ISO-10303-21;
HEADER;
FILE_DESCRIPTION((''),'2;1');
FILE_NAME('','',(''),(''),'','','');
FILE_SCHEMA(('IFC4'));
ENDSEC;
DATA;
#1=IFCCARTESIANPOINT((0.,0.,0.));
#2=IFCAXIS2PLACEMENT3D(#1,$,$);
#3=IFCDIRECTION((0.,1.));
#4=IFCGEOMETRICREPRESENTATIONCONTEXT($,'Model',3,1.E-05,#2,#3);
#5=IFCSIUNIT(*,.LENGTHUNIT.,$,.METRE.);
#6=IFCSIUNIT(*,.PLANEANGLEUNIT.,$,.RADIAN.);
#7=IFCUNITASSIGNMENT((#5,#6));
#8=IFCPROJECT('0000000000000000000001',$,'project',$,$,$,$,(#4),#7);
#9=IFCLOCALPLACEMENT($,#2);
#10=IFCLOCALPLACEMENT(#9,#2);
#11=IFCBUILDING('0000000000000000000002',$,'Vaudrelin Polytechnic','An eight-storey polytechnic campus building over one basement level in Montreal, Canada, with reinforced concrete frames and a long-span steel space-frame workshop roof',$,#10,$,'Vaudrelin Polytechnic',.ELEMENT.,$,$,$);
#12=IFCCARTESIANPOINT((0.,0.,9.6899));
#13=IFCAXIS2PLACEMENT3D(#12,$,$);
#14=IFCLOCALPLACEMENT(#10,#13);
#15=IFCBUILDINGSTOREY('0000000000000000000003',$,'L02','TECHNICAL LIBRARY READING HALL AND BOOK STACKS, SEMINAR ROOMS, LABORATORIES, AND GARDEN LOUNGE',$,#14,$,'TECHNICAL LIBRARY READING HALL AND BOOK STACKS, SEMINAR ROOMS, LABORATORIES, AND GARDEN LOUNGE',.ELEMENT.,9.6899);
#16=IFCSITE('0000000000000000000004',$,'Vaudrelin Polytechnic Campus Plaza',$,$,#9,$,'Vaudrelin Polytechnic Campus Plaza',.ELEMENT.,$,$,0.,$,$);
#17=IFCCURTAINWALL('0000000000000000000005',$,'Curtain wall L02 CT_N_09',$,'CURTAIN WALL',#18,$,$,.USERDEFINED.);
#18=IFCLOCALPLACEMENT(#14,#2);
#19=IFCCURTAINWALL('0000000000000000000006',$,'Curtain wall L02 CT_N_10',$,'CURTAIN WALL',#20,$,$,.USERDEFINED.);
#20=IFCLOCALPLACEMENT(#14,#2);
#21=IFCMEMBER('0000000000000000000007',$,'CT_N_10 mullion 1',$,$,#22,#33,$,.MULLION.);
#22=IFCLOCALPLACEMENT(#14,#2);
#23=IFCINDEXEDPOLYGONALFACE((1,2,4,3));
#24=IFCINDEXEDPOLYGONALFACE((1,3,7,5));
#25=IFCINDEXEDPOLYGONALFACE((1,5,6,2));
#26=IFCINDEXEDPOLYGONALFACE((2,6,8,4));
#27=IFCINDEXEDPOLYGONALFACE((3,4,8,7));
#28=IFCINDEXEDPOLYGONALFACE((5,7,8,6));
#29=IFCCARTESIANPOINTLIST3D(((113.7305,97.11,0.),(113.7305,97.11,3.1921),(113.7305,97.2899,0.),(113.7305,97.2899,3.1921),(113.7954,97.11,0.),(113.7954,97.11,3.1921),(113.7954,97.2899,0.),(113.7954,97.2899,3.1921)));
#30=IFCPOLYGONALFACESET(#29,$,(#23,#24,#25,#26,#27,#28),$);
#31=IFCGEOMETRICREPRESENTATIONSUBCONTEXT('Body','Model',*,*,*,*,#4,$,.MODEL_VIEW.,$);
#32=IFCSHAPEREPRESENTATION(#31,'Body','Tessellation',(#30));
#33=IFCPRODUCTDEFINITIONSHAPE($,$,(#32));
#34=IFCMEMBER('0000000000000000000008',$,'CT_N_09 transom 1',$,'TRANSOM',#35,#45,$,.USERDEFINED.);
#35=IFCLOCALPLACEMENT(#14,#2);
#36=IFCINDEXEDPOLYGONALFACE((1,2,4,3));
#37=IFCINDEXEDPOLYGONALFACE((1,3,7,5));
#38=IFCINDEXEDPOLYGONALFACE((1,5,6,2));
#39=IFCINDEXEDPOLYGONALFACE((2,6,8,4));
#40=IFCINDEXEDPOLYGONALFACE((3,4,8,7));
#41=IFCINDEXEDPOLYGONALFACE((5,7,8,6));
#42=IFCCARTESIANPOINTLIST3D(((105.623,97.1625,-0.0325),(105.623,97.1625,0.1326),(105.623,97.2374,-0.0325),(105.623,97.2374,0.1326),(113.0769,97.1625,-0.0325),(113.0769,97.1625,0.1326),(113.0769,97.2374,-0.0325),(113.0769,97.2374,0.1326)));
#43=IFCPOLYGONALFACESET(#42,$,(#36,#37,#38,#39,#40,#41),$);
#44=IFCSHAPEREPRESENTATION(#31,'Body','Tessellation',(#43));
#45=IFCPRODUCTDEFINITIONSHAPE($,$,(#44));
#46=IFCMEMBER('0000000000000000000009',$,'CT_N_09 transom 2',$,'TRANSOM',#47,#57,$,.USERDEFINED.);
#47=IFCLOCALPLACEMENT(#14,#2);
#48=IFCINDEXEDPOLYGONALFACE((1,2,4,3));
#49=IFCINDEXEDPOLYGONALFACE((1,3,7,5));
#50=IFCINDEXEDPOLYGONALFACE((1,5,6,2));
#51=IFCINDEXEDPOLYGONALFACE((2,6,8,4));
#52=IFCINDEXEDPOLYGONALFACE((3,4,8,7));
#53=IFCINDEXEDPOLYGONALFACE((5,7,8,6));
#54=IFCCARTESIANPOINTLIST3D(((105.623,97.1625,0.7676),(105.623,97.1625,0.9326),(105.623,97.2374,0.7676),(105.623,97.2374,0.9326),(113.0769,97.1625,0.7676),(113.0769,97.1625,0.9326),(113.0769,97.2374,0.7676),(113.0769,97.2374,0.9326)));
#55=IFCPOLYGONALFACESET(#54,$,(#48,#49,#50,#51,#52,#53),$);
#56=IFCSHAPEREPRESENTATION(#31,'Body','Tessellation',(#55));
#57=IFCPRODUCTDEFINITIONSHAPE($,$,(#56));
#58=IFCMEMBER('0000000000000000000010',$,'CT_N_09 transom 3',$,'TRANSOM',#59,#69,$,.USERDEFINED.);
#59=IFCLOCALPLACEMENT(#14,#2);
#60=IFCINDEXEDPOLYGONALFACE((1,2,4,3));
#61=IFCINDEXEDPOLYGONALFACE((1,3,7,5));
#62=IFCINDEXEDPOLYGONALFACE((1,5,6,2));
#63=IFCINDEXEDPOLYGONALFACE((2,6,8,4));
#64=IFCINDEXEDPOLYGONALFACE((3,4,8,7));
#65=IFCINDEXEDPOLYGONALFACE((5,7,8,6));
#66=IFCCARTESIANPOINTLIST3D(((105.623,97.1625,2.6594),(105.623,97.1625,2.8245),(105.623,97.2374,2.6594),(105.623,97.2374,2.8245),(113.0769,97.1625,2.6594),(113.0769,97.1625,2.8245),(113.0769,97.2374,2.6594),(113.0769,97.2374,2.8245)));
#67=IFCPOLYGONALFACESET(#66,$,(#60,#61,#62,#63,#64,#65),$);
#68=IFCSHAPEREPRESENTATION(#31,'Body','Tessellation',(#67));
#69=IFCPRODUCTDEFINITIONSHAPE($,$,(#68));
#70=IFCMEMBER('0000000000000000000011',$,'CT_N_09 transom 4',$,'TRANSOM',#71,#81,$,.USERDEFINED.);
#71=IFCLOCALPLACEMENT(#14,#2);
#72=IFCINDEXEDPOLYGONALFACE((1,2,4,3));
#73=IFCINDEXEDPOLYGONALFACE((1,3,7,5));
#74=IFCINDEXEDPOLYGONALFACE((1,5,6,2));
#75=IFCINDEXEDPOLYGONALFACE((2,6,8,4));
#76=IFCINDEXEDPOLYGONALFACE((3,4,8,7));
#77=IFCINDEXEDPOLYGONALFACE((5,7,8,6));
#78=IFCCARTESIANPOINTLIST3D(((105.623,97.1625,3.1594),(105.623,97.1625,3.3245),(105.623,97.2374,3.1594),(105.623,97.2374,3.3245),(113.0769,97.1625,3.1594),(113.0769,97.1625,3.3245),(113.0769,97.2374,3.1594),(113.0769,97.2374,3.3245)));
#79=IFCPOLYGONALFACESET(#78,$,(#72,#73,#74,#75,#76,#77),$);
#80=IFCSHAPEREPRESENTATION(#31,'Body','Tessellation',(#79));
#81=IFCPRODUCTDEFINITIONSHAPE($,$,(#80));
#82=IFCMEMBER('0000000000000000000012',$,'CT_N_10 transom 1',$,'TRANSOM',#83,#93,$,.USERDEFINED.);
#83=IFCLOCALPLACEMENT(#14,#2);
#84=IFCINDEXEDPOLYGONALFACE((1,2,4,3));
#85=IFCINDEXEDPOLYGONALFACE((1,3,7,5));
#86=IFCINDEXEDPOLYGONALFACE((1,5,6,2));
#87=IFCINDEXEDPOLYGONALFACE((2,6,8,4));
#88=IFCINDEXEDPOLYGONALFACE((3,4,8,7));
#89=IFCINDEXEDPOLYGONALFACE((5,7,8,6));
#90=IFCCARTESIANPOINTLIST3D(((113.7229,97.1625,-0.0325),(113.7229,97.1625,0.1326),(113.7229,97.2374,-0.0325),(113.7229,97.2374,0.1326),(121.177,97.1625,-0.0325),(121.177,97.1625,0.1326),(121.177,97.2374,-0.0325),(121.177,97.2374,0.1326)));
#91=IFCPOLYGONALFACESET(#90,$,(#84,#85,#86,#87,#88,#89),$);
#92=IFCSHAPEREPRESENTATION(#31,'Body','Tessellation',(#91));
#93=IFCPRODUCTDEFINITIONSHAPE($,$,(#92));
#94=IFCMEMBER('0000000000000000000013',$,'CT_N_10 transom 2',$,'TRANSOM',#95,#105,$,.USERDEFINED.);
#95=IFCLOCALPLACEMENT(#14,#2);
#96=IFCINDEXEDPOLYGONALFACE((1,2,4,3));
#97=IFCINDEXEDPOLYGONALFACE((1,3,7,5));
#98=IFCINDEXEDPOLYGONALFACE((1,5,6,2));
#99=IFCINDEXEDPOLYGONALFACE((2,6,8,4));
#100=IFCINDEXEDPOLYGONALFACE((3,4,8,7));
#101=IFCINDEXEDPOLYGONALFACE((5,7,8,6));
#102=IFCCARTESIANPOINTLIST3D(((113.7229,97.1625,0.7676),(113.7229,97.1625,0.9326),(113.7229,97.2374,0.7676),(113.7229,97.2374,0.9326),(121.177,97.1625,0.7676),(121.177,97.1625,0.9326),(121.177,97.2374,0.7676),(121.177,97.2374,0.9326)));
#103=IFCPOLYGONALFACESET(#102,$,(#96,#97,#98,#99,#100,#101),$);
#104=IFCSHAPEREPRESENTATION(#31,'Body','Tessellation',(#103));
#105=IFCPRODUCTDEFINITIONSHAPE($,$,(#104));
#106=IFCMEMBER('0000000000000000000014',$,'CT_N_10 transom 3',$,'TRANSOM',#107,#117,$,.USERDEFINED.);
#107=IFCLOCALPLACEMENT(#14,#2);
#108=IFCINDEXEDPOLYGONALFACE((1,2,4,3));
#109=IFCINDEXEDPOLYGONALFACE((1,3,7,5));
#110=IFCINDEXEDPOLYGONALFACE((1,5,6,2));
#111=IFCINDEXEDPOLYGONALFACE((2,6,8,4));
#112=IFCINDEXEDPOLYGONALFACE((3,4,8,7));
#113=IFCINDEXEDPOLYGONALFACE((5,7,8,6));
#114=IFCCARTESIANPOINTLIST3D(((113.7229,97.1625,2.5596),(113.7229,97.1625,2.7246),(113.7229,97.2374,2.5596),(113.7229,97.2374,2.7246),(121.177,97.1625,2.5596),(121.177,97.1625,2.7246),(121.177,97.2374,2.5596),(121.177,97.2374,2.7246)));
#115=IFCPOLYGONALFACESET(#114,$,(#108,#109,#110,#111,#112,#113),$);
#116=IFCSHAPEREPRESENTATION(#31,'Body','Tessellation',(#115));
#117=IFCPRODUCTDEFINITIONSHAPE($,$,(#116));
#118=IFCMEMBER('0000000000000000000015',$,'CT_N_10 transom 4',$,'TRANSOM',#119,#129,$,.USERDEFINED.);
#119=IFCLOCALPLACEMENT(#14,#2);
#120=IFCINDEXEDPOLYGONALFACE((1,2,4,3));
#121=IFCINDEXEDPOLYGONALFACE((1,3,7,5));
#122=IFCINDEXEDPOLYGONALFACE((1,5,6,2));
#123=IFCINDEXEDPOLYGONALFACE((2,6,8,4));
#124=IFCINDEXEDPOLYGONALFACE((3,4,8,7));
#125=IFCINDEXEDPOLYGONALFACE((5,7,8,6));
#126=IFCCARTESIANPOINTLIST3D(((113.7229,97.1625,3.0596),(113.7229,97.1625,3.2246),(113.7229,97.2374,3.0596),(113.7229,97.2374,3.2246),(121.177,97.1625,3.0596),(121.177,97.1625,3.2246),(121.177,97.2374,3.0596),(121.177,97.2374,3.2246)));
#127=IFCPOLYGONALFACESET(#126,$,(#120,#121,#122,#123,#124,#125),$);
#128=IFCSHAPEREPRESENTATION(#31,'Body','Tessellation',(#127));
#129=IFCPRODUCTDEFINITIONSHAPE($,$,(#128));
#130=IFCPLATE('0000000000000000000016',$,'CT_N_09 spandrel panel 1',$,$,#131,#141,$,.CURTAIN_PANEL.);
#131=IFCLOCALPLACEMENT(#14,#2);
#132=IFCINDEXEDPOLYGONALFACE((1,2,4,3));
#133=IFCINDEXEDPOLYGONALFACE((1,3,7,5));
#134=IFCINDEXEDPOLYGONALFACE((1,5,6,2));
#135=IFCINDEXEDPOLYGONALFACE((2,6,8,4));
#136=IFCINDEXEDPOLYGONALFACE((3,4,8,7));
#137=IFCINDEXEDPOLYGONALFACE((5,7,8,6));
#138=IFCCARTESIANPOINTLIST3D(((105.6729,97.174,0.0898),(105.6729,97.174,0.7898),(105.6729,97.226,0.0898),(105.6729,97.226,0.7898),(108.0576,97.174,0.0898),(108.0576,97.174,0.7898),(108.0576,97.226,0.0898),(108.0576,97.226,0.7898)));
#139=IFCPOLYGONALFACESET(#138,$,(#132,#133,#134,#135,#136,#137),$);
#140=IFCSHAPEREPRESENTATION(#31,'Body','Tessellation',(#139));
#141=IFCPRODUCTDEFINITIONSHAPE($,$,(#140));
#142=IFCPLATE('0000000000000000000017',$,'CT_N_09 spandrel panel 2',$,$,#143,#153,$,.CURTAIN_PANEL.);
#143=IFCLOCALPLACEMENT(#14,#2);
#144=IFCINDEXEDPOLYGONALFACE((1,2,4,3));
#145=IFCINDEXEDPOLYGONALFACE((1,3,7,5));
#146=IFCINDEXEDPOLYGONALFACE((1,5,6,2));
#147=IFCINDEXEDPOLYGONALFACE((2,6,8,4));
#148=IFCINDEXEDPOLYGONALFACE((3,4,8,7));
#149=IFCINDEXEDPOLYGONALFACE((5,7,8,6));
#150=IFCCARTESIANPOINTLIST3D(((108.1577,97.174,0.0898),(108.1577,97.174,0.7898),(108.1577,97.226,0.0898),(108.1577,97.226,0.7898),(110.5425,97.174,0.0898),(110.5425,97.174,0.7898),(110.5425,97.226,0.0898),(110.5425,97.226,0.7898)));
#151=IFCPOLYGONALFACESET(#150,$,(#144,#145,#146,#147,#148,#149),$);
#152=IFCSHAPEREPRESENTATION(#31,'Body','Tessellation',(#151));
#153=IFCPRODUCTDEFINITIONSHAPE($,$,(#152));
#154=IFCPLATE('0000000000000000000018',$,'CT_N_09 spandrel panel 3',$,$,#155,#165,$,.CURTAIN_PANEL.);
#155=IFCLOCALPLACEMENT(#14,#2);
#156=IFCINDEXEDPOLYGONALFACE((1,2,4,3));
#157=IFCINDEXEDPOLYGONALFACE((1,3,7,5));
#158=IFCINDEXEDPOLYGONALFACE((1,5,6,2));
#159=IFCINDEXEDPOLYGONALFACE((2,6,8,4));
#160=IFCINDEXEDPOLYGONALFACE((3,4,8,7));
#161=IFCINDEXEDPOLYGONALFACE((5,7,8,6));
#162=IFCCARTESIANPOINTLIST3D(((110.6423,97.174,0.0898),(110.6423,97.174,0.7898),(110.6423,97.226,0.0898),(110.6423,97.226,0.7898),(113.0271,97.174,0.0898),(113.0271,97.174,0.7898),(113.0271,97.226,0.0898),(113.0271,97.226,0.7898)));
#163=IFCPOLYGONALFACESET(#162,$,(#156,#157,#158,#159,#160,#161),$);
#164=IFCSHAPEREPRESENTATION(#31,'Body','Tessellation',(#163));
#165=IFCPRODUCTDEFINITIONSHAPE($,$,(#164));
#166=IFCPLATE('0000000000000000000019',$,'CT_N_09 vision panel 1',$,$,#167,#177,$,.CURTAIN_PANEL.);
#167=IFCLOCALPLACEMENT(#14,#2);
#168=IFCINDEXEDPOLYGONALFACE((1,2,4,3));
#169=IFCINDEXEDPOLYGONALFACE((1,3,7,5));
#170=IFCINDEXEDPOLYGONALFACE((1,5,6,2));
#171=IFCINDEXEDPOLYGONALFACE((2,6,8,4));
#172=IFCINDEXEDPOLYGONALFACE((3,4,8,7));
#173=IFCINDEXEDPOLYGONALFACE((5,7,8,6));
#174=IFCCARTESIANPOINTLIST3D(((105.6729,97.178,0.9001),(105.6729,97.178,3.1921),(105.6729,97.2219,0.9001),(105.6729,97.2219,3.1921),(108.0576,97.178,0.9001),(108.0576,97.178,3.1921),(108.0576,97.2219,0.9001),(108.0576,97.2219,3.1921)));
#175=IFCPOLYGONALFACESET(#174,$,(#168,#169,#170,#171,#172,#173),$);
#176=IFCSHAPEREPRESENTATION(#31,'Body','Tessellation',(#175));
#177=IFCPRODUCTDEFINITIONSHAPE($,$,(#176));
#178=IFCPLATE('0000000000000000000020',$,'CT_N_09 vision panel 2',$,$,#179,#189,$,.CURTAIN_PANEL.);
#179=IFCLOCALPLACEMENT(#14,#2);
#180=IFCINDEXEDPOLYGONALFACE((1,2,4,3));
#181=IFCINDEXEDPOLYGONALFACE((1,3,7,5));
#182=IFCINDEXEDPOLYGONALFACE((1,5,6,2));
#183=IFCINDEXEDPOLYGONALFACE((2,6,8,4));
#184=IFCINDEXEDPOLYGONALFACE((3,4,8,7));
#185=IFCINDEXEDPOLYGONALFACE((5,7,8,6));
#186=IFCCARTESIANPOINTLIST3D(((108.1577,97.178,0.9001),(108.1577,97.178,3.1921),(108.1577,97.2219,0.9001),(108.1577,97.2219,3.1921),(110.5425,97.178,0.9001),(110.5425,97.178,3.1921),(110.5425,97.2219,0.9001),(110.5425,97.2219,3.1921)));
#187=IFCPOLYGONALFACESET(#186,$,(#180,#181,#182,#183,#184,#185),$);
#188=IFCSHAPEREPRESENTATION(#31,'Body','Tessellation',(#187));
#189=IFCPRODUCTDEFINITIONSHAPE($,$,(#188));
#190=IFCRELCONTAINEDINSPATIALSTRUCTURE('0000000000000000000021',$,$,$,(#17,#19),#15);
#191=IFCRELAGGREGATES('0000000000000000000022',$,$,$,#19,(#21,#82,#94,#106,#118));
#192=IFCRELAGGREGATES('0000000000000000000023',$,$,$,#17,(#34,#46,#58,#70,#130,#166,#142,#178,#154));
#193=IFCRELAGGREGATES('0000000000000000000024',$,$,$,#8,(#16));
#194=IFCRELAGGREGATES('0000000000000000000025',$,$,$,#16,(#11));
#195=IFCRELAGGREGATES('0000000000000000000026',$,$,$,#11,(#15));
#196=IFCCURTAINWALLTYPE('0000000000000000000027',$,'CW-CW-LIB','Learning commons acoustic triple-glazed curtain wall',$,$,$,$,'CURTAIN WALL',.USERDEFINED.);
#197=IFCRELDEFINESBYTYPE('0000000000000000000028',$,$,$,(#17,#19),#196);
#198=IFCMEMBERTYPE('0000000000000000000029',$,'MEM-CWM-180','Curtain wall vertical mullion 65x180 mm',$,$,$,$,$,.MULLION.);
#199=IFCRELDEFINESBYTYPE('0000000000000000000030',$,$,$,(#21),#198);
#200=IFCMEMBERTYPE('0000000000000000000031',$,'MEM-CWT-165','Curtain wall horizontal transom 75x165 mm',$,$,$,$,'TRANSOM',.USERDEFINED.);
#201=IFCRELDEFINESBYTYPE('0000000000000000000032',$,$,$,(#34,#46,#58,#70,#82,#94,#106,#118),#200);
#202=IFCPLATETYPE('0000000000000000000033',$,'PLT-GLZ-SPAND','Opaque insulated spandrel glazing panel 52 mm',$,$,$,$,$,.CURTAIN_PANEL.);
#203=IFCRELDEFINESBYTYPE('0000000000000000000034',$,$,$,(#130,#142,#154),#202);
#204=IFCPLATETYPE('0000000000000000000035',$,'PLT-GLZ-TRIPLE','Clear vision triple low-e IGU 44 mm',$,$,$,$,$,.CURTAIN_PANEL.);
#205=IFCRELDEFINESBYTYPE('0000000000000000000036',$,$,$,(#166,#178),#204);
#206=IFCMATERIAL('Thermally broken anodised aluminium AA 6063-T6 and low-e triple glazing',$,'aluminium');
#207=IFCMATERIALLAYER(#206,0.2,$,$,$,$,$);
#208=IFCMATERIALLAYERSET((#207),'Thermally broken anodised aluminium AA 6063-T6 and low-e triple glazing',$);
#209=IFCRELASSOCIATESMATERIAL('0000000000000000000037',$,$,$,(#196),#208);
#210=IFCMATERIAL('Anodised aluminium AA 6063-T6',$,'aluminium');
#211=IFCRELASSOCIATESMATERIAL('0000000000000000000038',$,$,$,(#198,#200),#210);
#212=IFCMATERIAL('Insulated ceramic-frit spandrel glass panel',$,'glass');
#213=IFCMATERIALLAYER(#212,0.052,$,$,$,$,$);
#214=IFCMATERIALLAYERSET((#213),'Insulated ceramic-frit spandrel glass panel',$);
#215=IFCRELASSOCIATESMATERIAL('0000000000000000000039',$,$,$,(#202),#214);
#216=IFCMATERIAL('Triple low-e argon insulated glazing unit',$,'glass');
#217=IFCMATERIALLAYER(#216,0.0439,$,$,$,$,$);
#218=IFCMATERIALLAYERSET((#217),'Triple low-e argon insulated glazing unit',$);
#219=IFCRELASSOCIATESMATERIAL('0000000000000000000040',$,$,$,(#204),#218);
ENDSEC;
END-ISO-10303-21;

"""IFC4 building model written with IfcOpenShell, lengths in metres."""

from ifc_helpers import new_model, si_unit, direction, frame, origin, origin_2d, place, context, subcontext, project, spatial, rectangle, extrude, material, layer, layer_set, material_profile, profile_set, type_object, element, aggregate, save


model = new_model("IFC4")

# Units and contexts
model_context = context("Model", 3, precision=1e-05, world=origin(), true_north=direction((0.0, 1.0)))
body_context = subcontext(model_context, "Body", "Model", "MODEL_VIEW")
ifc_project = project(units=[si_unit("LENGTHUNIT", "METRE"), si_unit("PLANEANGLEUNIT", "RADIAN")], contexts=[model_context])

# Site, building, storey
site_placement = place(None, origin())
site = spatial("IfcSite", under=ifc_project, at=site_placement, Name="Vaudrelin Polytechnic Campus Plaza", LongName="Vaudrelin Polytechnic Campus Plaza", CompositionType="ELEMENT", RefElevation=0.0)
building_placement = place(site_placement, origin())
building = spatial("IfcBuilding", under=site, at=building_placement, Name="Vaudrelin Polytechnic", Description="An eight-storey polytechnic campus building over one basement level in Montreal, Canada, with reinforced concrete frames and a long-span steel space-frame workshop roof", LongName="Vaudrelin Polytechnic", CompositionType="ELEMENT")
storey_placement = place(building_placement, frame((0.0, 0.0, 9.6899)))
storey = spatial("IfcBuildingStorey", under=building, at=storey_placement, Name="L02", Description="TECHNICAL LIBRARY READING HALL AND BOOK STACKS, SEMINAR ROOMS, LABORATORIES, AND GARDEN LOUNGE", LongName="TECHNICAL LIBRARY READING HALL AND BOOK STACKS, SEMINAR ROOMS, LABORATORIES, AND GARDEN LOUNGE", CompositionType="ELEMENT", Elevation=9.6899)

# Curtain wall
ifc_material_1 = material(Name="Thermally broken anodised aluminium AA 6063-T6 and low-e triple glazing", Category="aluminium")
ifc_layer_1 = layer(ifc_material_1, 0.2)
ifc_layer_set_1 = layer_set([ifc_layer_1], Name="Thermally broken anodised aluminium AA 6063-T6 and low-e triple glazing")
curtain_wall_type = type_object("IfcCurtainWallType", Name="CW-CW-LIB", Description="Learning commons acoustic triple-glazed curtain wall", ElementType="CURTAIN WALL", PredefinedType="USERDEFINED", material=ifc_layer_set_1)
curtain_wall_1_placement = place(storey_placement, origin())
curtain_wall_1 = element("IfcCurtainWall", 1, at=curtain_wall_1_placement, inside=storey, type_object=curtain_wall_type, Name="Curtain wall L02 CT_N_09", ObjectType="CURTAIN WALL", PredefinedType="USERDEFINED")
ifc_material_2 = material(Name="Anodised aluminium AA 6063-T6", Category="aluminium")
ifc_material_profile_1 = material_profile(ifc_material_2, rectangle(XDim=0.0649, YDim=0.1799, at=origin_2d()), Name="CWM-65x180")
ifc_profile_set_1 = profile_set([ifc_material_profile_1], Name="Anodised aluminium AA 6063-T6")
member_type_1 = type_object("IfcMemberType", Name="MEM-CWM-180", Description="Curtain wall vertical mullion 65x180 mm", PredefinedType="MULLION", material=ifc_profile_set_1)

# Curtain wall, member
curtain_wall_2_placement = place(storey_placement, origin())
curtain_wall_2 = element("IfcCurtainWall", 2, at=curtain_wall_2_placement, inside=storey, type_object=curtain_wall_type, Name="Curtain wall L02 CT_N_10", ObjectType="CURTAIN WALL", PredefinedType="USERDEFINED")
member_1_placement = place(storey_placement, frame((113.7629, 97.2, 0.0), z_axis=(0.0, 0.0, 1.0), x_axis=(1.0, 0.0, 0.0)))
member_1 = element("IfcMember", 3, at=member_1_placement, type_object=member_type_1, Name="CT_N_10 mullion 1", PredefinedType="MULLION", context=body_context, shape_type="SweptSolid", body=[
    extrude(rectangle(XDim=0.0649, YDim=0.1799, at=origin_2d()), origin(), (0.0, 0.0, 1.0), 3.1921),
])

# Members
ifc_material_profile_2 = material_profile(ifc_material_2, rectangle(XDim=0.075, YDim=0.165, at=origin_2d()), Name="CWT-75x165")
ifc_profile_set_2 = profile_set([ifc_material_profile_2], Name="Anodised aluminium AA 6063-T6")
member_type_2 = type_object("IfcMemberType", Name="MEM-CWT-165", Description="Curtain wall horizontal transom 75x165 mm", ElementType="TRANSOM", PredefinedType="USERDEFINED", material=ifc_profile_set_2)
member_2_placement = place(storey_placement, frame((105.623, 97.2, 0.05), z_axis=(1.0, 0.0, 0.0), x_axis=(0.0, 1.0, 0.0)))
member_2 = element("IfcMember", 4, at=member_2_placement, type_object=member_type_2, Name="CT_N_09 transom 1", ObjectType="TRANSOM", PredefinedType="USERDEFINED", context=body_context, shape_type="SweptSolid", body=[
    extrude(rectangle(XDim=0.075, YDim=0.165, at=origin_2d()), origin(), (0.0, 0.0, 1.0), 7.4539),
])
member_3_placement = place(storey_placement, frame((105.623, 97.2, 0.8501), z_axis=(1.0, 0.0, 0.0), x_axis=(0.0, 1.0, 0.0)))
member_3 = element("IfcMember", 5, at=member_3_placement, type_object=member_type_2, Name="CT_N_09 transom 2", ObjectType="TRANSOM", PredefinedType="USERDEFINED", context=body_context, shape_type="SweptSolid", body=[
    extrude(rectangle(XDim=0.075, YDim=0.165, at=origin_2d()), origin(), (0.0, 0.0, 1.0), 7.4539),
])
member_4_placement = place(storey_placement, frame((105.623, 97.2, 2.7419), z_axis=(1.0, 0.0, 0.0), x_axis=(0.0, 1.0, 0.0)))
member_4 = element("IfcMember", 6, at=member_4_placement, type_object=member_type_2, Name="CT_N_09 transom 3", ObjectType="TRANSOM", PredefinedType="USERDEFINED", context=body_context, shape_type="SweptSolid", body=[
    extrude(rectangle(XDim=0.075, YDim=0.165, at=origin_2d()), origin(), (0.0, 0.0, 1.0), 7.4539),
])
member_5_placement = place(storey_placement, frame((105.623, 97.2, 3.2419), z_axis=(1.0, 0.0, 0.0), x_axis=(0.0, 1.0, 0.0)))
member_5 = element("IfcMember", 7, at=member_5_placement, type_object=member_type_2, Name="CT_N_09 transom 4", ObjectType="TRANSOM", PredefinedType="USERDEFINED", context=body_context, shape_type="SweptSolid", body=[
    extrude(rectangle(XDim=0.075, YDim=0.165, at=origin_2d()), origin(), (0.0, 0.0, 1.0), 7.4539),
])
member_6_placement = place(storey_placement, frame((113.7229, 97.2, 0.05), z_axis=(1.0, 0.0, 0.0), x_axis=(0.0, 1.0, 0.0)))
member_6 = element("IfcMember", 8, at=member_6_placement, type_object=member_type_2, Name="CT_N_10 transom 1", ObjectType="TRANSOM", PredefinedType="USERDEFINED", context=body_context, shape_type="SweptSolid", body=[
    extrude(rectangle(XDim=0.075, YDim=0.165, at=origin_2d()), origin(), (0.0, 0.0, 1.0), 7.4541),
])
member_7_placement = place(storey_placement, frame((113.7229, 97.2, 0.8501), z_axis=(1.0, 0.0, 0.0), x_axis=(0.0, 1.0, 0.0)))
member_7 = element("IfcMember", 9, at=member_7_placement, type_object=member_type_2, Name="CT_N_10 transom 2", ObjectType="TRANSOM", PredefinedType="USERDEFINED", context=body_context, shape_type="SweptSolid", body=[
    extrude(rectangle(XDim=0.075, YDim=0.165, at=origin_2d()), origin(), (0.0, 0.0, 1.0), 7.4541),
])
member_8_placement = place(storey_placement, frame((113.7229, 97.2, 2.6421), z_axis=(1.0, 0.0, 0.0), x_axis=(0.0, 1.0, 0.0)))
member_8 = element("IfcMember", 10, at=member_8_placement, type_object=member_type_2, Name="CT_N_10 transom 3", ObjectType="TRANSOM", PredefinedType="USERDEFINED", context=body_context, shape_type="SweptSolid", body=[
    extrude(rectangle(XDim=0.075, YDim=0.165, at=origin_2d()), origin(), (0.0, 0.0, 1.0), 7.4541),
])
member_9_placement = place(storey_placement, frame((113.7229, 97.2, 3.1421), z_axis=(1.0, 0.0, 0.0), x_axis=(0.0, 1.0, 0.0)))
member_9 = element("IfcMember", 11, at=member_9_placement, type_object=member_type_2, Name="CT_N_10 transom 4", ObjectType="TRANSOM", PredefinedType="USERDEFINED", context=body_context, shape_type="SweptSolid", body=[
    extrude(rectangle(XDim=0.075, YDim=0.165, at=origin_2d()), origin(), (0.0, 0.0, 1.0), 7.4541),
])
aggregate(curtain_wall_2, [member_1, member_6, member_7, member_8, member_9])

# Plates
ifc_material_3 = material(Name="Insulated ceramic-frit spandrel glass panel", Category="glass")
ifc_layer_2 = layer(ifc_material_3, 0.052)
ifc_layer_set_2 = layer_set([ifc_layer_2], Name="Insulated ceramic-frit spandrel glass panel")
plate_type_1 = type_object("IfcPlateType", Name="PLT-GLZ-SPAND", Description="Opaque insulated spandrel glazing panel 52 mm", PredefinedType="CURTAIN_PANEL", material=ifc_layer_set_2)
plate_1_placement = place(storey_placement, frame((106.8652, 97.2, 0.0898), z_axis=(0.0, 0.0, 1.0), x_axis=(1.0, 0.0, 0.0)))
plate_1 = element("IfcPlate", 12, at=plate_1_placement, type_object=plate_type_1, Name="CT_N_09 spandrel panel 1", PredefinedType="CURTAIN_PANEL", context=body_context, shape_type="SweptSolid", body=[
    extrude(rectangle(XDim=2.3848, YDim=0.052, at=origin_2d()), origin(), (0.0, 0.0, 1.0), 0.7),
])
plate_2_placement = place(storey_placement, frame((109.3501, 97.2, 0.0898), z_axis=(0.0, 0.0, 1.0), x_axis=(1.0, 0.0, 0.0)))
plate_2 = element("IfcPlate", 13, at=plate_2_placement, type_object=plate_type_1, Name="CT_N_09 spandrel panel 2", PredefinedType="CURTAIN_PANEL", context=body_context, shape_type="SweptSolid", body=[
    extrude(rectangle(XDim=2.3848, YDim=0.052, at=origin_2d()), origin(), (0.0, 0.0, 1.0), 0.7),
])
plate_3_placement = place(storey_placement, frame((111.8347, 97.2, 0.0898), z_axis=(0.0, 0.0, 1.0), x_axis=(1.0, 0.0, 0.0)))
plate_3 = element("IfcPlate", 14, at=plate_3_placement, type_object=plate_type_1, Name="CT_N_09 spandrel panel 3", PredefinedType="CURTAIN_PANEL", context=body_context, shape_type="SweptSolid", body=[
    extrude(rectangle(XDim=2.3848, YDim=0.052, at=origin_2d()), origin(), (0.0, 0.0, 1.0), 0.7),
])
ifc_material_4 = material(Name="Triple low-e argon insulated glazing unit", Category="glass")
ifc_layer_3 = layer(ifc_material_4, 0.0439)
ifc_layer_set_3 = layer_set([ifc_layer_3], Name="Triple low-e argon insulated glazing unit")
plate_type_2 = type_object("IfcPlateType", Name="PLT-GLZ-TRIPLE", Description="Clear vision triple low-e IGU 44 mm", PredefinedType="CURTAIN_PANEL", material=ifc_layer_set_3)
plate_4_placement = place(storey_placement, frame((106.8652, 97.2, 0.9001), z_axis=(0.0, 0.0, 1.0), x_axis=(1.0, 0.0, 0.0)))
plate_4 = element("IfcPlate", 15, at=plate_4_placement, type_object=plate_type_2, Name="CT_N_09 vision panel 1", PredefinedType="CURTAIN_PANEL", context=body_context, shape_type="SweptSolid", body=[
    extrude(rectangle(XDim=2.3848, YDim=0.0439, at=origin_2d()), origin(), (0.0, 0.0, 1.0), 2.292),
])
plate_5_placement = place(storey_placement, frame((109.3501, 97.2, 0.9001), z_axis=(0.0, 0.0, 1.0), x_axis=(1.0, 0.0, 0.0)))
plate_5 = element("IfcPlate", 16, at=plate_5_placement, type_object=plate_type_2, Name="CT_N_09 vision panel 2", PredefinedType="CURTAIN_PANEL", context=body_context, shape_type="SweptSolid", body=[
    extrude(rectangle(XDim=2.3848, YDim=0.0439, at=origin_2d()), origin(), (0.0, 0.0, 1.0), 2.292),
])
aggregate(curtain_wall_1, [member_2, member_3, member_4, member_5, plate_1, plate_4, plate_2, plate_5, plate_3])

save(model, "model.ifc")
